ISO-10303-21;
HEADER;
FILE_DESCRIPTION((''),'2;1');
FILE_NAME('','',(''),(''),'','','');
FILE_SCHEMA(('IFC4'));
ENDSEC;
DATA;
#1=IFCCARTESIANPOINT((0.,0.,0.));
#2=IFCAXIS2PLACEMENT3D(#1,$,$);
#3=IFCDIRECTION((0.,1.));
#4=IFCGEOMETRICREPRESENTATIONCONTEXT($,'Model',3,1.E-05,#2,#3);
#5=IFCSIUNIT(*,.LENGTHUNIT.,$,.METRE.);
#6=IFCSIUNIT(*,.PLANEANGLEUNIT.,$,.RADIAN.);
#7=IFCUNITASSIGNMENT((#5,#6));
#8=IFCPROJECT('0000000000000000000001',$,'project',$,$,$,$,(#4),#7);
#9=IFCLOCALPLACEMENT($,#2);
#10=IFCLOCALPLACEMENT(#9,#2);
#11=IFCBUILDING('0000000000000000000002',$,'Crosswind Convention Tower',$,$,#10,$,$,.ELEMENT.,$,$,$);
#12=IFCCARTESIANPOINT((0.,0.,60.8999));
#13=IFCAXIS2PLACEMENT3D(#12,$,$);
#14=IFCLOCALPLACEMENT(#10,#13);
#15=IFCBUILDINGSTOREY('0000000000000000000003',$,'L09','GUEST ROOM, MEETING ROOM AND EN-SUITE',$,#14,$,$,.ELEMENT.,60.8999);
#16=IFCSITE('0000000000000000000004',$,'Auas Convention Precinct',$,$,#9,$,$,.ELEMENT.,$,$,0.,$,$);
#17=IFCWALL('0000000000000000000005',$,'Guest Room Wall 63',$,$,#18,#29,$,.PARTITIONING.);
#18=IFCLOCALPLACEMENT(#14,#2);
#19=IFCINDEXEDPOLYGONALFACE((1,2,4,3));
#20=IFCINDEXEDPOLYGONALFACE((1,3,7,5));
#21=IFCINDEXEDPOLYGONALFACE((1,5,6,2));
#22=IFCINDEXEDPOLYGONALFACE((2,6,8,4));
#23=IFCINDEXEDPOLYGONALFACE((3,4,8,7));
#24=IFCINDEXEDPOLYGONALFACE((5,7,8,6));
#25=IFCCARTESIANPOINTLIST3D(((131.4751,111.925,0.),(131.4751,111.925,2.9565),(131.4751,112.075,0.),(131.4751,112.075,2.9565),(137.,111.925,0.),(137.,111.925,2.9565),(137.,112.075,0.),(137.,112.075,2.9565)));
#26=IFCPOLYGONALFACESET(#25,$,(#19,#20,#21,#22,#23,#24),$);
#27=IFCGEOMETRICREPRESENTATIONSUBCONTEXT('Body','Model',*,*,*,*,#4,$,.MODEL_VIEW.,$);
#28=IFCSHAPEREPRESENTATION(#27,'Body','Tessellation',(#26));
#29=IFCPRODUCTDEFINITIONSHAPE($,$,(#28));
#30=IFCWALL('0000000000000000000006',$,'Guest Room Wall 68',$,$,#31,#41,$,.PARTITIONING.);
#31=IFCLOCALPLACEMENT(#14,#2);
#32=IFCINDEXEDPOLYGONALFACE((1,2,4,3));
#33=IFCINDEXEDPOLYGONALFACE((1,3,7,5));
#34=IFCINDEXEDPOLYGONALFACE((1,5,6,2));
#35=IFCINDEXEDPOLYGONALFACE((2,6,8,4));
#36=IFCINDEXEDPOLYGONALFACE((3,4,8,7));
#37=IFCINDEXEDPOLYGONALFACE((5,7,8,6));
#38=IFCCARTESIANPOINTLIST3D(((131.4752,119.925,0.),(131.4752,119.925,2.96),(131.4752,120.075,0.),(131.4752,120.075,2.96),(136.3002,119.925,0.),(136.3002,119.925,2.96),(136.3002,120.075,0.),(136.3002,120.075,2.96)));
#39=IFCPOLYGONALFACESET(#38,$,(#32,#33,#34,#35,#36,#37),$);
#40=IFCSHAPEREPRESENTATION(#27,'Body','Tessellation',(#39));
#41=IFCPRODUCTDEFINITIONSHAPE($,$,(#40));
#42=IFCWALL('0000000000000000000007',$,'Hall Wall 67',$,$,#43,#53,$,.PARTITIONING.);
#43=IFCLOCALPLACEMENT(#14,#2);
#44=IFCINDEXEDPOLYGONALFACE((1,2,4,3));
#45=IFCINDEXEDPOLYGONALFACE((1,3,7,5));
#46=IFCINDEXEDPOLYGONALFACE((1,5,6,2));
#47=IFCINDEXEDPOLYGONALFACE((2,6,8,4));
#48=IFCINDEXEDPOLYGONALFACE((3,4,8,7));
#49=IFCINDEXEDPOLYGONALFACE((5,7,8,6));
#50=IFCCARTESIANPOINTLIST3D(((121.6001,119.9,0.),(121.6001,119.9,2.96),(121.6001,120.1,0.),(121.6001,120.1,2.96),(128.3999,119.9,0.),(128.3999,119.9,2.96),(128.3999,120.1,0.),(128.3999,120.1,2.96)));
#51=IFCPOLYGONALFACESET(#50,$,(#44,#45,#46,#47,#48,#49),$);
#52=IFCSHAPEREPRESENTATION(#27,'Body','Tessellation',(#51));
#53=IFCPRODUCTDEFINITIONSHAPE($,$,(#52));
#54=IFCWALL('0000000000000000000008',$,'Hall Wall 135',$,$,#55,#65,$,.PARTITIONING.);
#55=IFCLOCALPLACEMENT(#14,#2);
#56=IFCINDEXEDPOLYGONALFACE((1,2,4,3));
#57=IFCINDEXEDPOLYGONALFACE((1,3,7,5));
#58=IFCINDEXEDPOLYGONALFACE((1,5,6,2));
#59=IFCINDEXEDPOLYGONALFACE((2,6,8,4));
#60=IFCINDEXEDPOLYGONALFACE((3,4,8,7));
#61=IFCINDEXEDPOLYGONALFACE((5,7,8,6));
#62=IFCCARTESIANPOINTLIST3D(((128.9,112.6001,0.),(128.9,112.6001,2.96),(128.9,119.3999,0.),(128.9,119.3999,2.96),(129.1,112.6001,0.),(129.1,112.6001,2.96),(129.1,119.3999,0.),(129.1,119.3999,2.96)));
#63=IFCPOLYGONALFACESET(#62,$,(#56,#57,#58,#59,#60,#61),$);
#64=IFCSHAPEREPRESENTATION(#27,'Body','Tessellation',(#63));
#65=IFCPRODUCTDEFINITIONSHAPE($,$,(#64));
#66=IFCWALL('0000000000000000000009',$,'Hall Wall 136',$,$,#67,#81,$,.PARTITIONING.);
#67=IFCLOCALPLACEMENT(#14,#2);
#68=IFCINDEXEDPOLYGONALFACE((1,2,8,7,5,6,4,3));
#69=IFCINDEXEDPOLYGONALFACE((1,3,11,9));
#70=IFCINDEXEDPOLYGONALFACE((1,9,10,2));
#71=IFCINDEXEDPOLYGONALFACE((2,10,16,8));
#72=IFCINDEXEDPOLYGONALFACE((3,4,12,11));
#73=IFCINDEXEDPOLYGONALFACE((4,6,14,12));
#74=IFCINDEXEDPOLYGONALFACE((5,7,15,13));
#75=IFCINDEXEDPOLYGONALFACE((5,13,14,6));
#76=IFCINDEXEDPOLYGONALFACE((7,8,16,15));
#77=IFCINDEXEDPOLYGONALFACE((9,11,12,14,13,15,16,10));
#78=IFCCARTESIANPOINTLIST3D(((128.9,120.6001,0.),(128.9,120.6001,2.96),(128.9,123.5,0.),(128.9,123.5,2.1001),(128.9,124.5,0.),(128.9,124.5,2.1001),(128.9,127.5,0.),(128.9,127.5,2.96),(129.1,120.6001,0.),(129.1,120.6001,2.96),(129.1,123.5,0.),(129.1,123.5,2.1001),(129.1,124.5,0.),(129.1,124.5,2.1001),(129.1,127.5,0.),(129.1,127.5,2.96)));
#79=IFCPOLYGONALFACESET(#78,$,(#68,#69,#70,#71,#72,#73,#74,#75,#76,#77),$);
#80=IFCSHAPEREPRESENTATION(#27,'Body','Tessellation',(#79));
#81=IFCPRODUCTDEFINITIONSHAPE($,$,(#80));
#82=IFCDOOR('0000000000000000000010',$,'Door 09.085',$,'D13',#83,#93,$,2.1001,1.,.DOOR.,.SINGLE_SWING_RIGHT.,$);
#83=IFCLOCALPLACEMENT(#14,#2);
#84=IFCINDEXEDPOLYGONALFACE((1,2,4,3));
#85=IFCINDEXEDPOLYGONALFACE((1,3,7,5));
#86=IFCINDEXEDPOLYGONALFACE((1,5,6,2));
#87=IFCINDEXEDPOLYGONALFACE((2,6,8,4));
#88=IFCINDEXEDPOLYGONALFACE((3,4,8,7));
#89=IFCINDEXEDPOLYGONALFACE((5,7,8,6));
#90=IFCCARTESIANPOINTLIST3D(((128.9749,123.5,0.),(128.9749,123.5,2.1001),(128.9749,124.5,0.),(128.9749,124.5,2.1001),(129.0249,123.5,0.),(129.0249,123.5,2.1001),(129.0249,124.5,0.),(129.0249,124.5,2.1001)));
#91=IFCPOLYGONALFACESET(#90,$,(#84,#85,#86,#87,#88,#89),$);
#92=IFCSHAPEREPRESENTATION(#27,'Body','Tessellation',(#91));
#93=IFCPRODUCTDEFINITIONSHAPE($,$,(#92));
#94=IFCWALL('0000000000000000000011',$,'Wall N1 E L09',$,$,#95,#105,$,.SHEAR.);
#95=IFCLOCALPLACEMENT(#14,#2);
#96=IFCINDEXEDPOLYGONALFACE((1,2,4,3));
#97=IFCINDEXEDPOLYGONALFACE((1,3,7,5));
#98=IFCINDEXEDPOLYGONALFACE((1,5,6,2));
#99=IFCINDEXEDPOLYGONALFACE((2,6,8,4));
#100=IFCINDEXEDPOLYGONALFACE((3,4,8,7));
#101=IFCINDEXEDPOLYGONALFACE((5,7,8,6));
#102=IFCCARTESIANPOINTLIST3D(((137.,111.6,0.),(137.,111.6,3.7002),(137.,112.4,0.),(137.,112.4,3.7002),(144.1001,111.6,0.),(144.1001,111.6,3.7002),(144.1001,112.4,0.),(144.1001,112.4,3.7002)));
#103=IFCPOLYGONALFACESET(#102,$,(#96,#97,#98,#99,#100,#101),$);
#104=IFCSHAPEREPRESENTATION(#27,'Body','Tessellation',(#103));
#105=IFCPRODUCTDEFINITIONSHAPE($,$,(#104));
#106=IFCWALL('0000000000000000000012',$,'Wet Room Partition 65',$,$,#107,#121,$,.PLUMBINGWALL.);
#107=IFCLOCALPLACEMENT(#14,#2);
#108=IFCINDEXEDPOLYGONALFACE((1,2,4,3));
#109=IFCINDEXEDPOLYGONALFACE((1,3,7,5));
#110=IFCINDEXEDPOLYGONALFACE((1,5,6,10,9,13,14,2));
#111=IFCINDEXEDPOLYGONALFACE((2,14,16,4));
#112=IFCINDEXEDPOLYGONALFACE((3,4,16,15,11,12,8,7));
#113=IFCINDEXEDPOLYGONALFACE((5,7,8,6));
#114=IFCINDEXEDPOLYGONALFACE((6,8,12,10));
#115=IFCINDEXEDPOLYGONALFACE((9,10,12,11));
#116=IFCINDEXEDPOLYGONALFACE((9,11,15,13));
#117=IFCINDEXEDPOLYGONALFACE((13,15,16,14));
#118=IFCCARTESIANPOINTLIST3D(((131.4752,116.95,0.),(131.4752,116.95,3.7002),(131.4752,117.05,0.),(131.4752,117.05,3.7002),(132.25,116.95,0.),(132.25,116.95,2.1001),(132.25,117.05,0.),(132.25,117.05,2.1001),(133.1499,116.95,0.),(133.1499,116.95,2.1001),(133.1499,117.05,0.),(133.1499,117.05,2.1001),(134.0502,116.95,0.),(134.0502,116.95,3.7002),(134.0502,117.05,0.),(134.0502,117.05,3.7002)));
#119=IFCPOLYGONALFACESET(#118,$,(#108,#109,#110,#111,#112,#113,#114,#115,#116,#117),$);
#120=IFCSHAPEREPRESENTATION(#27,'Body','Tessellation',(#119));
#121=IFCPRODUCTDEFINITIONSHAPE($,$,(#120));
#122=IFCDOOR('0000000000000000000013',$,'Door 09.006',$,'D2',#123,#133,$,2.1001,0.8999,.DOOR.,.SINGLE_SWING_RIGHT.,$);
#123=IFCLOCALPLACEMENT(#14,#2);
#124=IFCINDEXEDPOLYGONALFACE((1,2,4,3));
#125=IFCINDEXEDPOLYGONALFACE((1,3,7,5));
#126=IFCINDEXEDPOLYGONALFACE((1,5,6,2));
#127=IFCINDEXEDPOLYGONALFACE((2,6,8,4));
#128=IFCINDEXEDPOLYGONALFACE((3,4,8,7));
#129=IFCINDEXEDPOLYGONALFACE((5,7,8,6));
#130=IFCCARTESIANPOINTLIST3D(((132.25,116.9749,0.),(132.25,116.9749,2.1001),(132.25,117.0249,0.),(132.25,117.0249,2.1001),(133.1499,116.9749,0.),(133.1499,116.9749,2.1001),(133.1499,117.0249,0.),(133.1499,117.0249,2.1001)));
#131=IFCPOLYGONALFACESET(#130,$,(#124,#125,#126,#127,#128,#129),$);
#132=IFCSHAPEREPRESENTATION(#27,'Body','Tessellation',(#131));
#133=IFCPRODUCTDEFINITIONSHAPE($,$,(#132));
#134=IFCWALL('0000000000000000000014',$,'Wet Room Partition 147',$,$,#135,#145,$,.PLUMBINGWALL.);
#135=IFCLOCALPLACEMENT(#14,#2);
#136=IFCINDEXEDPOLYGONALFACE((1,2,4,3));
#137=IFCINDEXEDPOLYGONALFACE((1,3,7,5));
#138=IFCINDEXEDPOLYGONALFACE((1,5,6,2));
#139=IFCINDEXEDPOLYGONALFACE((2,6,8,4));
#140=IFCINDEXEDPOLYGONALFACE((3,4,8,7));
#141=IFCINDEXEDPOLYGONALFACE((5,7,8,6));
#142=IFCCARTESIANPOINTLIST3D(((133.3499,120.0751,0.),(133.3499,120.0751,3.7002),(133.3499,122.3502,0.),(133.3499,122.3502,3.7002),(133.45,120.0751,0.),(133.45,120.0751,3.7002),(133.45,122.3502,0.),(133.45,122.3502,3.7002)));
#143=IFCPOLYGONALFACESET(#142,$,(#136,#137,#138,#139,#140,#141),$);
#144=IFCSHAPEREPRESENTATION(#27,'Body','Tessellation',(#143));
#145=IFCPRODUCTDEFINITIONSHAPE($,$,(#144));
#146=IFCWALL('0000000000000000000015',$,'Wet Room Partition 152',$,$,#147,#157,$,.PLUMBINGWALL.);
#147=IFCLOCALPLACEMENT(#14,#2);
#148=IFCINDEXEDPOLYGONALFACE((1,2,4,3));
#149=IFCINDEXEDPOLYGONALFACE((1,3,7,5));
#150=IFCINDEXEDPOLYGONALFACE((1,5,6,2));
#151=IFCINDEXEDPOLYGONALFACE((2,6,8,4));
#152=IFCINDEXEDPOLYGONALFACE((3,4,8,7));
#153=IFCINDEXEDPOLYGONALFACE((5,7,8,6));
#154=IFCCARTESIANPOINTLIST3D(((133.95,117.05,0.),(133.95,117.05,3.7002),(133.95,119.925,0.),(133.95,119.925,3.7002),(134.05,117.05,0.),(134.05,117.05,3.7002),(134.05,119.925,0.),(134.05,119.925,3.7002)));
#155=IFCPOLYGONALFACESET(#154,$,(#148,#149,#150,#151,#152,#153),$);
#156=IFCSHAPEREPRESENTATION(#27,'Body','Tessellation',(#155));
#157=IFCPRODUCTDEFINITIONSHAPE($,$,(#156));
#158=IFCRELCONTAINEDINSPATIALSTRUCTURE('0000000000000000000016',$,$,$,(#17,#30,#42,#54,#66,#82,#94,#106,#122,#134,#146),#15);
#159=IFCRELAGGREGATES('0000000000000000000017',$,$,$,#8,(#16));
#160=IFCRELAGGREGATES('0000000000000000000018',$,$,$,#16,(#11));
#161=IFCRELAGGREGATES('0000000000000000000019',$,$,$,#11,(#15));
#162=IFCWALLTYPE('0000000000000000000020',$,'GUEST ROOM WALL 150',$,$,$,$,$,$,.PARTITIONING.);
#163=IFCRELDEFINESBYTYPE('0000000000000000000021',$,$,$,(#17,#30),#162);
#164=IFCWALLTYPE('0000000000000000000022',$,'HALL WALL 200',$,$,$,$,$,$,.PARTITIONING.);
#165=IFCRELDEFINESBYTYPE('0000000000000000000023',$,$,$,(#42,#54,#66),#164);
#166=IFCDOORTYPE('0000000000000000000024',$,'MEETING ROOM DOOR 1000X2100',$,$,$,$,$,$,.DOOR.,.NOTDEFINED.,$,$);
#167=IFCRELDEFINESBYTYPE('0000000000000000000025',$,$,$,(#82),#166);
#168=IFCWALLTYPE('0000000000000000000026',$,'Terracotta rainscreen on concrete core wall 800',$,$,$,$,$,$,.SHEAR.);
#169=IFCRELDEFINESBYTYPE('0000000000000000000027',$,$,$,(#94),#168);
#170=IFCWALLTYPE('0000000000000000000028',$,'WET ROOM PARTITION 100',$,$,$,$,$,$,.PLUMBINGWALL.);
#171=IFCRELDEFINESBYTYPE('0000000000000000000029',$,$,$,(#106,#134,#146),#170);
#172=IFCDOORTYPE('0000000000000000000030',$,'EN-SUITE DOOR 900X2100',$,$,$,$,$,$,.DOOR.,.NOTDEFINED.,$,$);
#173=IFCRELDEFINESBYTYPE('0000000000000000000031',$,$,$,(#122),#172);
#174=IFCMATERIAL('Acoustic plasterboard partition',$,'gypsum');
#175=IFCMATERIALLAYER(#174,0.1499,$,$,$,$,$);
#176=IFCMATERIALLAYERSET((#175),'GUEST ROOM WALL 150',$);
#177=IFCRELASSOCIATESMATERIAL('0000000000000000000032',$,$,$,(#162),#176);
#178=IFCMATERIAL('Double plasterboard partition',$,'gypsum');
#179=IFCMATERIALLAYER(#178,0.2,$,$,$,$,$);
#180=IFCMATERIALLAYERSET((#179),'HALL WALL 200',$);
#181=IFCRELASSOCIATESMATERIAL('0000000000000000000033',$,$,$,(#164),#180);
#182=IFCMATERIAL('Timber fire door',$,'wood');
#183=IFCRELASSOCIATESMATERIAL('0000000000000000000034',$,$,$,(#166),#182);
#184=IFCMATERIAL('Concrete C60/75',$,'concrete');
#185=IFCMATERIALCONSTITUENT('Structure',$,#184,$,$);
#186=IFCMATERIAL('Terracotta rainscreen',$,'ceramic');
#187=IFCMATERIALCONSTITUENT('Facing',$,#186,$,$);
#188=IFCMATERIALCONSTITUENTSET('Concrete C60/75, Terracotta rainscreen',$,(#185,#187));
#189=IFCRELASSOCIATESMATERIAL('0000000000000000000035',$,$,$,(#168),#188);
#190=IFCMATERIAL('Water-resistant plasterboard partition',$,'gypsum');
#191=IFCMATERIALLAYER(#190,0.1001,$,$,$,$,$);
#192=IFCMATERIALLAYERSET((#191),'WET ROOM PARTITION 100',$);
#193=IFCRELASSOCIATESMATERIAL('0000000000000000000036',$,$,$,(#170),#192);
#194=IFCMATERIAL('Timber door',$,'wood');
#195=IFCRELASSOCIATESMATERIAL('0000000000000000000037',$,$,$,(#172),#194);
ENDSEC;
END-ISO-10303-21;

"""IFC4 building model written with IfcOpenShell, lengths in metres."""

from ifc_helpers import new_model, si_unit, direction, frame, frame_2d, origin, place, context, subcontext, project, spatial, rectangle, extrude, material, layer, layer_set, constituent, constituent_set, type_object, element, fill, save


model = new_model("IFC4")

# Units and contexts
model_context = context("Model", 3, precision=1e-05, world=origin(), true_north=direction((0.0, 1.0)))
body_context = subcontext(model_context, "Body", "Model", "MODEL_VIEW")
ifc_project = project(units=[si_unit("LENGTHUNIT", "METRE"), si_unit("PLANEANGLEUNIT", "RADIAN")], contexts=[model_context])

# Site, building, storey
site_placement = place(None, origin())
site = spatial("IfcSite", under=ifc_project, at=site_placement, Name="Auas Convention Precinct", CompositionType="ELEMENT", RefElevation=0.0)
building_placement = place(site_placement, origin())
building = spatial("IfcBuilding", under=site, at=building_placement, Name="Crosswind Convention Tower", CompositionType="ELEMENT")
storey_placement = place(building_placement, frame((0.0, 0.0, 60.8999)))
storey = spatial("IfcBuildingStorey", under=building, at=storey_placement, Name="L09", Description="GUEST ROOM, MEETING ROOM AND EN-SUITE", CompositionType="ELEMENT", Elevation=60.8999)

# Walls
ifc_material_1 = material(Name="Acoustic plasterboard partition", Category="gypsum")
ifc_layer_1 = layer(ifc_material_1, 0.1499)
ifc_layer_set_1 = layer_set([ifc_layer_1], Name="GUEST ROOM WALL 150")
wall_type_1 = type_object("IfcWallType", Name="GUEST ROOM WALL 150", PredefinedType="PARTITIONING", material=ifc_layer_set_1)
wall_1_placement = place(storey_placement, frame((131.4751, 112.0, 0.0), z_axis=(0.0, 0.0, 1.0), x_axis=(1.0, 0.0, 0.0)))
element("IfcWall", 1, at=wall_1_placement, inside=storey, type_object=wall_type_1, Name="Guest Room Wall 63", PredefinedType="PARTITIONING", context=body_context, shape_type="SweptSolid", body=[
    extrude(rectangle(XDim=5.5249, YDim=0.1499, at=frame_2d((2.7625, 0.0))), origin(), (0.0, 0.0, 1.0), 2.9565),
])
wall_2_placement = place(storey_placement, frame((131.4751, 120.0, 0.0), z_axis=(0.0, 0.0, 1.0), x_axis=(1.0, 0.0, 0.0)))
element("IfcWall", 2, at=wall_2_placement, inside=storey, type_object=wall_type_1, Name="Guest Room Wall 68", PredefinedType="PARTITIONING", context=body_context, shape_type="SweptSolid", body=[
    extrude(rectangle(XDim=4.825, YDim=0.1499, at=frame_2d((2.4126, 0.0))), origin(), (0.0, 0.0, 1.0), 2.96),
])
ifc_material_2 = material(Name="Double plasterboard partition", Category="gypsum")
ifc_layer_2 = layer(ifc_material_2, 0.2)
ifc_layer_set_2 = layer_set([ifc_layer_2], Name="HALL WALL 200")
wall_type_2 = type_object("IfcWallType", Name="HALL WALL 200", PredefinedType="PARTITIONING", material=ifc_layer_set_2)
for number, where, z_axis, x_axis, name in (
    (3, (121.6001, 120.0, 0.0), (0.0, 0.0, 1.0), (1.0, 0.0, 0.0), "Hall Wall 67"),
    (4, (129.0, 112.6001, 0.0), (0.0, 0.0, 1.0), (0.0, 1.0, 0.0), "Hall Wall 135"),
):
    element("IfcWall", number, at=place(storey_placement, frame(where, z_axis=z_axis, x_axis=x_axis)), inside=storey, type_object=wall_type_2, Name=name, PredefinedType="PARTITIONING", context=body_context, shape_type="SweptSolid", body=[
        extrude(rectangle(XDim=6.7998, YDim=0.2, at=frame_2d((3.3999, 0.0))), origin(), (0.0, 0.0, 1.0), 2.96),
    ])

# Wall, opening, door
wall_3_placement = place(storey_placement, frame((129.0, 120.6001, 0.0), z_axis=(0.0, 0.0, 1.0), x_axis=(0.0, 1.0, 0.0)))
wall_3 = element("IfcWall", 5, at=wall_3_placement, inside=storey, type_object=wall_type_2, Name="Hall Wall 136", PredefinedType="PARTITIONING", context=body_context, shape_type="SweptSolid", body=[
    extrude(rectangle(XDim=6.8999, YDim=0.2, at=frame_2d((3.45, 0.0))), origin(), (0.0, 0.0, 1.0), 2.96),
])
opening_1_placement = place(wall_3_placement, frame((2.8999, 0.0, 0.0)))
opening_1 = element("IfcOpeningElement", 6, at=opening_1_placement, cuts=wall_3, PredefinedType="OPENING", context=body_context, shape_type="SweptSolid", body=[
    extrude(rectangle(XDim=1.0, YDim=2.1001, at=frame_2d((0.5, 1.05))), frame((0.0, 0.1099, 0.0), z_axis=(0.0, -1.0, 0.0), x_axis=(1.0, 0.0, 0.0)), (0.0, 0.0, 1.0), 0.22),
])
ifc_material_3 = material(Name="Timber fire door", Category="wood")
door_type_1 = type_object("IfcDoorType", Name="MEETING ROOM DOOR 1000X2100", OperationType="NOTDEFINED", PredefinedType="DOOR", material=ifc_material_3)
door_1_placement = place(opening_1_placement, frame((1.0, 0.0, 0.0), z_axis=(0.0, 0.0, 1.0), x_axis=(-1.0, 0.0, 0.0)))
door_1 = element("IfcDoor", 7, at=door_1_placement, inside=storey, type_object=door_type_1, Name="Door 09.085", ObjectType="D13", OperationType="SINGLE_SWING_RIGHT", OverallHeight=2.1001, OverallWidth=1.0, PredefinedType="DOOR", context=body_context, shape_type="SweptSolid", body=[
    extrude(rectangle(XDim=1.0, YDim=2.1001, at=frame_2d((0.5, 1.05))), frame((0.0, 0.0249, 0.0), z_axis=(0.0, -1.0, 0.0), x_axis=(1.0, 0.0, 0.0)), (0.0, 0.0, 1.0), 0.05),
])
fill(opening_1, door_1)

# Wall
ifc_material_4 = material(Name="Concrete C60/75", Category="concrete")
ifc_constituent_1 = constituent(ifc_material_4, Name="Structure")
ifc_material_5 = material(Name="Terracotta rainscreen", Category="ceramic")
ifc_constituent_2 = constituent(ifc_material_5, Name="Facing")
ifc_constituent_set = constituent_set(constituents=[ifc_constituent_1, ifc_constituent_2], Name="Concrete C60/75, Terracotta rainscreen")
wall_type_3 = type_object("IfcWallType", Name="Terracotta rainscreen on concrete core wall 800", PredefinedType="SHEAR", material=ifc_constituent_set)
wall_4_placement = place(storey_placement, frame((137.0, 112.0, 0.0), z_axis=(0.0, 0.0, 1.0), x_axis=(1.0, 0.0, 0.0)))
element("IfcWall", 8, at=wall_4_placement, inside=storey, type_object=wall_type_3, Name="Wall N1 E L09", PredefinedType="SHEAR", context=body_context, shape_type="SweptSolid", body=[
    extrude(rectangle(XDim=7.1001, YDim=0.8, at=frame_2d((3.55, 0.0))), origin(), (0.0, 0.0, 1.0), 3.7002),
])

# Wall, opening, door
ifc_material_6 = material(Name="Water-resistant plasterboard partition", Category="gypsum")
ifc_layer_3 = layer(ifc_material_6, 0.1001)
ifc_layer_set_3 = layer_set([ifc_layer_3], Name="WET ROOM PARTITION 100")
wall_type_4 = type_object("IfcWallType", Name="WET ROOM PARTITION 100", PredefinedType="PLUMBINGWALL", material=ifc_layer_set_3)
wall_5_placement = place(storey_placement, frame((131.4751, 117.0, 0.0), z_axis=(0.0, 0.0, 1.0), x_axis=(1.0, 0.0, 0.0)))
wall_5 = element("IfcWall", 9, at=wall_5_placement, inside=storey, type_object=wall_type_4, Name="Wet Room Partition 65", PredefinedType="PLUMBINGWALL", context=body_context, shape_type="SweptSolid", body=[
    extrude(rectangle(XDim=2.575, YDim=0.1001, at=frame_2d((1.2876, 0.0))), origin(), (0.0, 0.0, 1.0), 3.7002),
])
opening_2_placement = place(wall_5_placement, frame((0.7749, 0.0, 0.0)))
opening_2 = element("IfcOpeningElement", 10, at=opening_2_placement, cuts=wall_5, PredefinedType="OPENING", context=body_context, shape_type="SweptSolid", body=[
    extrude(rectangle(XDim=0.8999, YDim=2.1001, at=frame_2d((0.45, 1.05))), frame((0.0, 0.0601, 0.0), z_axis=(0.0, -1.0, 0.0), x_axis=(1.0, 0.0, 0.0)), (0.0, 0.0, 1.0), 0.1201),
])
ifc_material_7 = material(Name="Timber door", Category="wood")
door_type_2 = type_object("IfcDoorType", Name="EN-SUITE DOOR 900X2100", OperationType="NOTDEFINED", PredefinedType="DOOR", material=ifc_material_7)
door_2_placement = place(opening_2_placement, origin())
door_2 = element("IfcDoor", 11, at=door_2_placement, inside=storey, type_object=door_type_2, Name="Door 09.006", ObjectType="D2", OperationType="SINGLE_SWING_RIGHT", OverallHeight=2.1001, OverallWidth=0.8999, PredefinedType="DOOR", context=body_context, shape_type="SweptSolid", body=[
    extrude(rectangle(XDim=0.8999, YDim=2.1001, at=frame_2d((0.45, 1.05))), frame((0.0, 0.0249, 0.0), z_axis=(0.0, -1.0, 0.0), x_axis=(1.0, 0.0, 0.0)), (0.0, 0.0, 1.0), 0.05),
])
fill(opening_2, door_2)

# Walls
wall_6_placement = place(storey_placement, frame((133.3999, 120.075, 0.0), z_axis=(0.0, 0.0, 1.0), x_axis=(0.0, 1.0, 0.0)))
element("IfcWall", 12, at=wall_6_placement, inside=storey, type_object=wall_type_4, Name="Wet Room Partition 147", PredefinedType="PLUMBINGWALL", context=body_context, shape_type="SweptSolid", body=[
    extrude(rectangle(XDim=2.2751, YDim=0.1001, at=frame_2d((1.1377, 0.0))), origin(), (0.0, 0.0, 1.0), 3.7002),
])
wall_7_placement = place(storey_placement, frame((134.0, 117.05, 0.0), z_axis=(0.0, 0.0, 1.0), x_axis=(0.0, 1.0, 0.0)))
element("IfcWall", 13, at=wall_7_placement, inside=storey, type_object=wall_type_4, Name="Wet Room Partition 152", PredefinedType="PLUMBINGWALL", context=body_context, shape_type="SweptSolid", body=[
    extrude(rectangle(XDim=2.875, YDim=0.1001, at=frame_2d((1.4375, 0.0))), origin(), (0.0, 0.0, 1.0), 3.7002),
])

save(model, "model.ifc")
